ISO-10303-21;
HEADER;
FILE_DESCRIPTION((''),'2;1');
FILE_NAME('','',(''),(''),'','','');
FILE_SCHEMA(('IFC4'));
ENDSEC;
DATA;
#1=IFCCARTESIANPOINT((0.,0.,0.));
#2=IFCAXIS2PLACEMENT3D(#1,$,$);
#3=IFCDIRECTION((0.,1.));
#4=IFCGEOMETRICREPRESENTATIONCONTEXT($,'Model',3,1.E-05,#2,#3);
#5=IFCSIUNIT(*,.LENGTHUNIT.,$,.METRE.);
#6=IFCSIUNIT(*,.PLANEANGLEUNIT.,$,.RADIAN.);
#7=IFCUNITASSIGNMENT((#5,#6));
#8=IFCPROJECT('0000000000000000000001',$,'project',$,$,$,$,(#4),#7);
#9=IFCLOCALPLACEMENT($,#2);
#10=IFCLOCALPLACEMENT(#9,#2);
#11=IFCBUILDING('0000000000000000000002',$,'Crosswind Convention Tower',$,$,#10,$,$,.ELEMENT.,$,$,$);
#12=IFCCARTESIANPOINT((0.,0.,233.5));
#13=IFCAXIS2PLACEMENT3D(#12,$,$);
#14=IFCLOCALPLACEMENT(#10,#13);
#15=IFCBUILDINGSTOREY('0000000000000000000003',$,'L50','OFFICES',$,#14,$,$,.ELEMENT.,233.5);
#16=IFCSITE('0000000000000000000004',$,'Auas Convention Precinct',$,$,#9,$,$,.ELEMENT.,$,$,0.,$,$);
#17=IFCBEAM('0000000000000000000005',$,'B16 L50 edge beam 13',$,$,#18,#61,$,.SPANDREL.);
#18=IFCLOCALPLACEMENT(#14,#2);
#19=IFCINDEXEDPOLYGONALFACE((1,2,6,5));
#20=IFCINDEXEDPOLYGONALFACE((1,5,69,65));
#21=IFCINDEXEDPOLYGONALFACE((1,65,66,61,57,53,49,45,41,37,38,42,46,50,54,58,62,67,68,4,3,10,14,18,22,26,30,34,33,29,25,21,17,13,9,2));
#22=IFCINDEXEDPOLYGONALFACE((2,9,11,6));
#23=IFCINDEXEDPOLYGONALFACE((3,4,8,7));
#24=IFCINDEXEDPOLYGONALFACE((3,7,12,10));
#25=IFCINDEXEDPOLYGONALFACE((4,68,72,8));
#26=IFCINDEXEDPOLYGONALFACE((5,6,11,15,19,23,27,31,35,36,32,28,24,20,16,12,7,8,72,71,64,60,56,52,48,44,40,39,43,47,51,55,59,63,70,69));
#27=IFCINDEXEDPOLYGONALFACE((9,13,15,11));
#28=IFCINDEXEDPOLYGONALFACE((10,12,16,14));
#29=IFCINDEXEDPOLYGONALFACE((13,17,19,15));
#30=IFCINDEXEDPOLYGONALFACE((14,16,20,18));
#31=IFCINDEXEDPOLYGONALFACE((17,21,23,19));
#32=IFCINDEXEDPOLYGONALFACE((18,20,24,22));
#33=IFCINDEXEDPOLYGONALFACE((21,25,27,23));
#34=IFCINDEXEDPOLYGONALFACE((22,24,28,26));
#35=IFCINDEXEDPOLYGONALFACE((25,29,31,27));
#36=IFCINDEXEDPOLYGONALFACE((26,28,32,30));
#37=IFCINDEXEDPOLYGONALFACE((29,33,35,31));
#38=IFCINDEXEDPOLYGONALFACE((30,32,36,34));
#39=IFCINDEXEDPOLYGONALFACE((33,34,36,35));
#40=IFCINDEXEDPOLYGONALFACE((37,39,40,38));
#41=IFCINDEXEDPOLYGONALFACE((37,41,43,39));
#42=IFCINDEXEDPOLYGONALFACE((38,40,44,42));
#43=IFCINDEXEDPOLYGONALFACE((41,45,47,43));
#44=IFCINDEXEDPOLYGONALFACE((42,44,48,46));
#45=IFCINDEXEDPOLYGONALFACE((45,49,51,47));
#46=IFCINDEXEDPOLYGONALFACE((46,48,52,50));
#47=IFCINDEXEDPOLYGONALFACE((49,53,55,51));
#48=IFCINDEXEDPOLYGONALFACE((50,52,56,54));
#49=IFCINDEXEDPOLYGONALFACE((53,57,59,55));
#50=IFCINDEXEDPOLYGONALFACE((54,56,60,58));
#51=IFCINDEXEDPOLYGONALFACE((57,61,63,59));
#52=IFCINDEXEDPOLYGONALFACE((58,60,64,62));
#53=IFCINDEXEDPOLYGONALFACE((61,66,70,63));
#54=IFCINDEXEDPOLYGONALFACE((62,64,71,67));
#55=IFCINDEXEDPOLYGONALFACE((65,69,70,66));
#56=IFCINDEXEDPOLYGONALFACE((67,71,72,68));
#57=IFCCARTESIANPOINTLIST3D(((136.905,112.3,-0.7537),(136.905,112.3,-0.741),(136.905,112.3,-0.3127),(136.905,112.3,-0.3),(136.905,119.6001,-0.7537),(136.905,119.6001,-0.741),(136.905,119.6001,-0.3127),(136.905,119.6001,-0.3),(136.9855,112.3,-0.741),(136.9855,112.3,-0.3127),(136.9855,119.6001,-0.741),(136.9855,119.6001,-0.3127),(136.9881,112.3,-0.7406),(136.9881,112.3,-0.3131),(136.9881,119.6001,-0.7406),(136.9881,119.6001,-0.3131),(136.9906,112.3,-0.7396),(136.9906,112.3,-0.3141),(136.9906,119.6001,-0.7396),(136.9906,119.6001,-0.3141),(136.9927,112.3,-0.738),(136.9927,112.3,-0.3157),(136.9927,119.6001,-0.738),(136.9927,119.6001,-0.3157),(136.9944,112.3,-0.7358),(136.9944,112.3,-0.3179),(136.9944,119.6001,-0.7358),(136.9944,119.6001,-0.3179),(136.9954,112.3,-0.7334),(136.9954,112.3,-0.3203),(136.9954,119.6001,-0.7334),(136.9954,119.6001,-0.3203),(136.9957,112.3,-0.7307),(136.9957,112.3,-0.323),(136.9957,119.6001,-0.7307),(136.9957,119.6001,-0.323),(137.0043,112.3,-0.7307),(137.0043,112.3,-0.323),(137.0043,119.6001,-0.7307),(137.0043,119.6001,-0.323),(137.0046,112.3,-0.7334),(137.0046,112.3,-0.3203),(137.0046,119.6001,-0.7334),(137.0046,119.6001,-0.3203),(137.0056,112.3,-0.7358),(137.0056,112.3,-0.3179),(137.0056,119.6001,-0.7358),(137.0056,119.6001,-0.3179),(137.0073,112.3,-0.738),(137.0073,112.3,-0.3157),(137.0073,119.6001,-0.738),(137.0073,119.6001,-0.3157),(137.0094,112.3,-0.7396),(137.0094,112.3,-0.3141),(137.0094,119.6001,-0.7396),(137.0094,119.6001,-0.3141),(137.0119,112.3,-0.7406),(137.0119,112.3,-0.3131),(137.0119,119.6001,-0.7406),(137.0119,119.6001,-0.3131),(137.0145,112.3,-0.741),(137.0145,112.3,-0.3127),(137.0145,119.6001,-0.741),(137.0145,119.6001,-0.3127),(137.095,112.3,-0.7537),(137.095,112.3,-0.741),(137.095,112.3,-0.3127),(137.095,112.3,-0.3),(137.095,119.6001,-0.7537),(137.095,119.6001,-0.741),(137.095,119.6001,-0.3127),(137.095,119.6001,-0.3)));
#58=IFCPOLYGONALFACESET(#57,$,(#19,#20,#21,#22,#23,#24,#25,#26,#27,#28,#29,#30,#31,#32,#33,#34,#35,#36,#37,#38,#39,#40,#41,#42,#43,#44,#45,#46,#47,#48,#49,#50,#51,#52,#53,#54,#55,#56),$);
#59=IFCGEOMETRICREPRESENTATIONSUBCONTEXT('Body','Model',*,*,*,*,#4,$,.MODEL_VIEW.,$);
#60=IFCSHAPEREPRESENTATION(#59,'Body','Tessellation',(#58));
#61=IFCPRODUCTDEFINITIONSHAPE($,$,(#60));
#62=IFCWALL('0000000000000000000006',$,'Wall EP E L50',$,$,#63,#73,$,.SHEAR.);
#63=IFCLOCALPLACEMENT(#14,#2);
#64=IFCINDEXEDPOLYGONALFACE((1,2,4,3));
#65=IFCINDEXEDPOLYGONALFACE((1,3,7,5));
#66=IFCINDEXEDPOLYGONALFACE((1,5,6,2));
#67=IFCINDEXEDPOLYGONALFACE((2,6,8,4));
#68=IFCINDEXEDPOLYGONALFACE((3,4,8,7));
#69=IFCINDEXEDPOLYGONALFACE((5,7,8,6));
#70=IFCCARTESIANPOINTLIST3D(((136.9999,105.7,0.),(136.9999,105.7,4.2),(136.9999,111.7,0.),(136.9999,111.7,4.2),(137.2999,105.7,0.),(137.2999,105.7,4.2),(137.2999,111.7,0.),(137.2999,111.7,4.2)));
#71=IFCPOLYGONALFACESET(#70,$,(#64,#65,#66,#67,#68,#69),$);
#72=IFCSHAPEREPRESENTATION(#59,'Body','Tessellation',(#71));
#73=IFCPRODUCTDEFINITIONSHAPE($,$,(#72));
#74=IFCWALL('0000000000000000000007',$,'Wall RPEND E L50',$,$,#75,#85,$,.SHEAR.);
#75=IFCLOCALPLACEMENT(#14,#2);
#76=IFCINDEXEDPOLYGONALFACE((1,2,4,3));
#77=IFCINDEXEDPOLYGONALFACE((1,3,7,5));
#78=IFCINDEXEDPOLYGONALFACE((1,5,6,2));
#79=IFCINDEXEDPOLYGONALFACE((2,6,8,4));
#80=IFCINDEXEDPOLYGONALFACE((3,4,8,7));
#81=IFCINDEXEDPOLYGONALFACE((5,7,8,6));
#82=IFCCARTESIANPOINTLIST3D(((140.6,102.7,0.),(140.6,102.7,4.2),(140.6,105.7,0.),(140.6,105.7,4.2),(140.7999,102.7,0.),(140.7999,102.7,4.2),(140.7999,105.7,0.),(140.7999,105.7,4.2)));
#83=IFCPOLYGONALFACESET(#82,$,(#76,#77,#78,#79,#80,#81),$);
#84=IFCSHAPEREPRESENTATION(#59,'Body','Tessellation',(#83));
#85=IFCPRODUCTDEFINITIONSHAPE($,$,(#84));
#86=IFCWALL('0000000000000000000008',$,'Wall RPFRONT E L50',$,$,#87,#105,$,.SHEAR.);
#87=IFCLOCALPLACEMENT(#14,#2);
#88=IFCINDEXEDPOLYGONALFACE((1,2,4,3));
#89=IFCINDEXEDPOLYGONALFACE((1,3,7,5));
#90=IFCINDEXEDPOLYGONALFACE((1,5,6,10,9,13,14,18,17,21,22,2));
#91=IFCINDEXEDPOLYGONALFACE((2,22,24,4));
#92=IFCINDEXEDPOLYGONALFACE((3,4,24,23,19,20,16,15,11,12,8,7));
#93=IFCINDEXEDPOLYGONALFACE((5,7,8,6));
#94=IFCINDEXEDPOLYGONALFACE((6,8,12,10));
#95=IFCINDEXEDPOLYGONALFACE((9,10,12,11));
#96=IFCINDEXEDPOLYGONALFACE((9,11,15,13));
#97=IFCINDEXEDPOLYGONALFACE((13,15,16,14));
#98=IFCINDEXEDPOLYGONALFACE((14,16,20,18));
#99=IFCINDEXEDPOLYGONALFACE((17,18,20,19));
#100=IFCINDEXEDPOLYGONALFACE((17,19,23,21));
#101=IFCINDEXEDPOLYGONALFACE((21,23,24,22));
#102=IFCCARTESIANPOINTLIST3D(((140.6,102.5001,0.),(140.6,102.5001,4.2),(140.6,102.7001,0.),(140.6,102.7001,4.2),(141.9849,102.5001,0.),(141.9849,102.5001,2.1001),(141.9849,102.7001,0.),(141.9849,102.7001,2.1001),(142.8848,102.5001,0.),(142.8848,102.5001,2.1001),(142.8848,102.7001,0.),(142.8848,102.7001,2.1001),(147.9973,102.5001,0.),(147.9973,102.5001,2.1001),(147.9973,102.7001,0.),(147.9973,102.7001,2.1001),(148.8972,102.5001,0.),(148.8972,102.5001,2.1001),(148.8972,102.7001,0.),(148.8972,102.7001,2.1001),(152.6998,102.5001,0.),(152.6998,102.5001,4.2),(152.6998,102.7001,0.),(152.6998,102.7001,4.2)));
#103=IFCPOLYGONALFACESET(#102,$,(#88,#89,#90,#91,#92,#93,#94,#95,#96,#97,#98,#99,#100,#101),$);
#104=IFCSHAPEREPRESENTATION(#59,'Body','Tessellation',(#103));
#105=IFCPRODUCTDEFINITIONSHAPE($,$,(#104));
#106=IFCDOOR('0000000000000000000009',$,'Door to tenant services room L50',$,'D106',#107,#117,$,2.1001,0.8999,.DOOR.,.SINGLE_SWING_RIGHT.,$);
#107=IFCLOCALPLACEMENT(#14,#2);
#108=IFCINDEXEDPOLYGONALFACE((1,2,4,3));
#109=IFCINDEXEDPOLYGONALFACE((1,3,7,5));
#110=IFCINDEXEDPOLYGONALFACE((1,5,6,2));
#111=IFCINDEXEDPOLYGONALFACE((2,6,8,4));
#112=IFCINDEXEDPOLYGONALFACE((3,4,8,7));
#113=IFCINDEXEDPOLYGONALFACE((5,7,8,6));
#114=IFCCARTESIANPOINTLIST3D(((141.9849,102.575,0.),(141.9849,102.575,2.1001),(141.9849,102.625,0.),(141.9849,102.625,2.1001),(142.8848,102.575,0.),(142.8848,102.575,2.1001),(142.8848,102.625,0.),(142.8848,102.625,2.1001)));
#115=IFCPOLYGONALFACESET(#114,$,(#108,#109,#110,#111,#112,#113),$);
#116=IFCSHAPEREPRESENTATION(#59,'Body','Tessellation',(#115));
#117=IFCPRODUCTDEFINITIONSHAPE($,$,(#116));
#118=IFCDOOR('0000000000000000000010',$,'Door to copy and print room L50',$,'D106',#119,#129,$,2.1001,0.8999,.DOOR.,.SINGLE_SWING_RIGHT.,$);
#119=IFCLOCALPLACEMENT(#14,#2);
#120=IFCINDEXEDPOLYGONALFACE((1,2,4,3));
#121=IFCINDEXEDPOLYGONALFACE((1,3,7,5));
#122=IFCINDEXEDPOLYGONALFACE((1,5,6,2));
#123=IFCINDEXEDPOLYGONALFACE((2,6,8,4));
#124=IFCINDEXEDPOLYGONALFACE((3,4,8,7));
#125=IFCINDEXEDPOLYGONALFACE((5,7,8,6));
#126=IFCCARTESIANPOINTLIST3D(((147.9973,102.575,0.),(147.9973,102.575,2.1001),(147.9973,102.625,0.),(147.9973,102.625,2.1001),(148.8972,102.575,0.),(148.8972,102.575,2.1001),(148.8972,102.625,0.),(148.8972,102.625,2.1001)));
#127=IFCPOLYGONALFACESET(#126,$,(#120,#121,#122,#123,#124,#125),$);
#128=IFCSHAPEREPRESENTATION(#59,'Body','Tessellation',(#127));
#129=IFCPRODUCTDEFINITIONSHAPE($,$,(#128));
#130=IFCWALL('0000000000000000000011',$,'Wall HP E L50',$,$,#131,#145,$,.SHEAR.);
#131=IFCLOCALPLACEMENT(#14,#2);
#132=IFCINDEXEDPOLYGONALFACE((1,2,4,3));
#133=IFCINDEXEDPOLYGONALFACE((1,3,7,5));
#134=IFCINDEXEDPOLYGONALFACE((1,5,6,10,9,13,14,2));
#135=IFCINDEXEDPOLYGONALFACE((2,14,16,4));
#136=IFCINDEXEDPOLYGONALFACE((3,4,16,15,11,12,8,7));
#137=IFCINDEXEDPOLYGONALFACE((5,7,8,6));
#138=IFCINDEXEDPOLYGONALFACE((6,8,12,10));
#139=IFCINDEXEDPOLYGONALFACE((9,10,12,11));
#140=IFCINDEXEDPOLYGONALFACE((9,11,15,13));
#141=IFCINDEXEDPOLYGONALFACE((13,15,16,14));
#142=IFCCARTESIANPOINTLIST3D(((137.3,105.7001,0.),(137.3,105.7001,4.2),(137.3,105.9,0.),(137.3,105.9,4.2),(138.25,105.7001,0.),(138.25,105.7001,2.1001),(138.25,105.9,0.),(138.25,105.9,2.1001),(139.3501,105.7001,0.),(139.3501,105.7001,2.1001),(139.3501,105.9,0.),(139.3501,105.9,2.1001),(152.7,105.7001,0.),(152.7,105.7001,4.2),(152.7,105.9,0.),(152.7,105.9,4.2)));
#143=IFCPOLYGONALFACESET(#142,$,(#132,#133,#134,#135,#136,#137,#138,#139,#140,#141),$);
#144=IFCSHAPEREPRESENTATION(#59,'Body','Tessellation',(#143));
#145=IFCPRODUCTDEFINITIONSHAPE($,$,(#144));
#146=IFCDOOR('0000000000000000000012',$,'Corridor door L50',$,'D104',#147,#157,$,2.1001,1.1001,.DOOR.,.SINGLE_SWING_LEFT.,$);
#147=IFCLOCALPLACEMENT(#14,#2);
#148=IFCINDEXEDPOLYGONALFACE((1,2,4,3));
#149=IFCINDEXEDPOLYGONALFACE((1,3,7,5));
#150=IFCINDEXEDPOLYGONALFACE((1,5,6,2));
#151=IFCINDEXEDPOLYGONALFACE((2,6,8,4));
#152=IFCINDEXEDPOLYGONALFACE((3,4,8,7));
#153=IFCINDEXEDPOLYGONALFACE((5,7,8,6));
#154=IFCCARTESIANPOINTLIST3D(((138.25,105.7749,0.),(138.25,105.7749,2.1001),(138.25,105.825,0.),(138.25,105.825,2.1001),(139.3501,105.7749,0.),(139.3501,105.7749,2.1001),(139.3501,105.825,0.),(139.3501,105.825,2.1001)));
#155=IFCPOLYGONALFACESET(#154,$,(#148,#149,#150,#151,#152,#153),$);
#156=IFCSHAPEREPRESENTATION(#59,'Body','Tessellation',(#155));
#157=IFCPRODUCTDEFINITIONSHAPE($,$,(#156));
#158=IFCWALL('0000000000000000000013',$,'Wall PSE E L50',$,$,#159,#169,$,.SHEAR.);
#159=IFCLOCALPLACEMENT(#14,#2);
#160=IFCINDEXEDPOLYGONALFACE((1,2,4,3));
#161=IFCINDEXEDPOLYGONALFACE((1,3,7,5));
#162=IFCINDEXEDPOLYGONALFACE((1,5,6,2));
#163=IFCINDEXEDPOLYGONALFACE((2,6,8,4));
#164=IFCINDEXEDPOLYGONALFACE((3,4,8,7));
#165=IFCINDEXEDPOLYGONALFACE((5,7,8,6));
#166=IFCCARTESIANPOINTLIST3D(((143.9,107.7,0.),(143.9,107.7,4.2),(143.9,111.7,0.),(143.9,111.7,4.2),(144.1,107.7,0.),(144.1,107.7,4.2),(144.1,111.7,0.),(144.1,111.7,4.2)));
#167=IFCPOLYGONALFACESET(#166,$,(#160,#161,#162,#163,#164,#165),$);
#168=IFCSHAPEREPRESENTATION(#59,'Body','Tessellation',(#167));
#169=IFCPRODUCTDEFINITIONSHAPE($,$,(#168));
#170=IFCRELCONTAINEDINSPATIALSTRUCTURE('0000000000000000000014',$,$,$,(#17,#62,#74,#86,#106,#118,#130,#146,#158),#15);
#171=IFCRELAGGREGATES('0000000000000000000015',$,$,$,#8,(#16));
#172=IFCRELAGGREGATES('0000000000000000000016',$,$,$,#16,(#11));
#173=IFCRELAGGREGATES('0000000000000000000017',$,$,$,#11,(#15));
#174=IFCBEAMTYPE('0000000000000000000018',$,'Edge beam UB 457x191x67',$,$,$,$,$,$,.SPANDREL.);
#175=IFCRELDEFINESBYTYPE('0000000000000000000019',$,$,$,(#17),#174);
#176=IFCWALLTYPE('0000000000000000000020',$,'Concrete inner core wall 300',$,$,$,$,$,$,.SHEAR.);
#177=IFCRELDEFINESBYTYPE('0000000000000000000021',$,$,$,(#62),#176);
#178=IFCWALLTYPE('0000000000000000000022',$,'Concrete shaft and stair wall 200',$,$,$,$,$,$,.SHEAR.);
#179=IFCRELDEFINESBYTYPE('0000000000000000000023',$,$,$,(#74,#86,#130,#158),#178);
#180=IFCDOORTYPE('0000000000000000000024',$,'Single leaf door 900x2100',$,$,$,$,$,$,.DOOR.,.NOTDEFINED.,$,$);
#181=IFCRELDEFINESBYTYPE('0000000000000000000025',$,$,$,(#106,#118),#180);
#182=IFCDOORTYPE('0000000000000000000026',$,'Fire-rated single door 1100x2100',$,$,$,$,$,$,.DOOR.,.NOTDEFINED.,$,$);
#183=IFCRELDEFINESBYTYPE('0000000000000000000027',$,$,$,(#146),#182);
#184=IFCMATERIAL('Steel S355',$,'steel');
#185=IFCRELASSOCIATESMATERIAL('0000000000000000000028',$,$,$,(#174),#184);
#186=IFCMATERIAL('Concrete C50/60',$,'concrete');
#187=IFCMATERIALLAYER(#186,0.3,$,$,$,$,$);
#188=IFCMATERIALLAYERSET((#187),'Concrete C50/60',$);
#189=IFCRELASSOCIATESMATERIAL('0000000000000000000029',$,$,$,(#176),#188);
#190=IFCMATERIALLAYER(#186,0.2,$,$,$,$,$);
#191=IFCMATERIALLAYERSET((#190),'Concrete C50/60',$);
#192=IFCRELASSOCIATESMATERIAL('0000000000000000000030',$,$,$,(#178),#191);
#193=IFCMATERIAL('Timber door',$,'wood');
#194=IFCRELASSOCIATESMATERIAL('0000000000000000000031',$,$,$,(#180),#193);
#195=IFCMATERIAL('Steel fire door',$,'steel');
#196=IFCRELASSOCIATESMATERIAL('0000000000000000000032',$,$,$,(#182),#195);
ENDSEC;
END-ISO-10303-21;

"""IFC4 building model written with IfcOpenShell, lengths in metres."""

from ifc_helpers import new_model, si_unit, direction, frame, frame_2d, origin, origin_2d, place, context, subcontext, project, spatial, rectangle, i_section, extrude, material, layer, layer_set, material_profile, profile_set, type_object, element, fill, save


model = new_model("IFC4")

# Units and contexts
model_context = context("Model", 3, precision=1e-05, world=origin(), true_north=direction((0.0, 1.0)))
body_context = subcontext(model_context, "Body", "Model", "MODEL_VIEW")
ifc_project = project(units=[si_unit("LENGTHUNIT", "METRE"), si_unit("PLANEANGLEUNIT", "RADIAN")], contexts=[model_context])

# Site, building, storey
site_placement = place(None, origin())
site = spatial("IfcSite", under=ifc_project, at=site_placement, Name="Auas Convention Precinct", CompositionType="ELEMENT", RefElevation=0.0)
building_placement = place(site_placement, origin())
building = spatial("IfcBuilding", under=site, at=building_placement, Name="Crosswind Convention Tower", CompositionType="ELEMENT")
storey_placement = place(building_placement, frame((0.0, 0.0, 233.5)))
storey = spatial("IfcBuildingStorey", under=building, at=storey_placement, Name="L50", Description="OFFICES", CompositionType="ELEMENT", Elevation=233.5)

# Beam
ifc_material_1 = material(Name="Steel S355", Category="steel")
ifc_material_profile = material_profile(ifc_material_1, i_section(OverallWidth=0.1899, OverallDepth=0.4536, WebThickness=0.0085, FlangeThickness=0.0127, FilletRadius=0.0103, at=origin_2d()), Name="UB 457x191x67")
ifc_profile_set = profile_set([ifc_material_profile], Name="Steel S355")
beam_type = type_object("IfcBeamType", Name="Edge beam UB 457x191x67", PredefinedType="SPANDREL", material=ifc_profile_set)
beam_placement = place(storey_placement, frame((137.0, 112.3, -0.5269), z_axis=(0.0, 1.0, 0.0), x_axis=(-1.0, 0.0, 0.0)))
element("IfcBeam", 1, at=beam_placement, inside=storey, type_object=beam_type, Name="B16 L50 edge beam 13", PredefinedType="SPANDREL", context=body_context, shape_type="SweptSolid", body=[
    extrude(i_section(OverallWidth=0.1899, OverallDepth=0.4536, WebThickness=0.0085, FlangeThickness=0.0127, FilletRadius=0.0103, at=origin_2d()), origin(), (0.0, 0.0, 1.0), 7.3),
])

# Walls
ifc_material_2 = material(Name="Concrete C50/60", Category="concrete")
ifc_layer_1 = layer(ifc_material_2, 0.3)
ifc_layer_set_1 = layer_set([ifc_layer_1], Name="Concrete C50/60")
wall_type_1 = type_object("IfcWallType", Name="Concrete inner core wall 300", PredefinedType="SHEAR", material=ifc_layer_set_1)
wall_1_placement = place(storey_placement, frame((137.1499, 105.7, 0.0), z_axis=(0.0, 0.0, 1.0), x_axis=(0.0, 1.0, 0.0)))
element("IfcWall", 2, at=wall_1_placement, inside=storey, type_object=wall_type_1, Name="Wall EP E L50", PredefinedType="SHEAR", context=body_context, shape_type="SweptSolid", body=[
    extrude(rectangle(XDim=6.0, YDim=0.3, at=frame_2d((3.0, 0.0))), origin(), (0.0, 0.0, 1.0), 4.2),
])
ifc_layer_2 = layer(ifc_material_2, 0.2)
ifc_layer_set_2 = layer_set([ifc_layer_2], Name="Concrete C50/60")
wall_type_2 = type_object("IfcWallType", Name="Concrete shaft and stair wall 200", PredefinedType="SHEAR", material=ifc_layer_set_2)
wall_2_placement = place(storey_placement, frame((140.7, 102.7, 0.0), z_axis=(0.0, 0.0, 1.0), x_axis=(0.0, 1.0, 0.0)))
element("IfcWall", 3, at=wall_2_placement, inside=storey, type_object=wall_type_2, Name="Wall RPEND E L50", PredefinedType="SHEAR", context=body_context, shape_type="SweptSolid", body=[
    extrude(rectangle(XDim=3.0, YDim=0.2, at=frame_2d((1.5, 0.0))), origin(), (0.0, 0.0, 1.0), 4.2),
])

# Wall, openings, doors
wall_3_placement = place(storey_placement, frame((140.6001, 102.6001, 0.0), z_axis=(0.0, 0.0, 1.0), x_axis=(1.0, 0.0, 0.0)))
wall_3 = element("IfcWall", 4, at=wall_3_placement, inside=storey, type_object=wall_type_2, Name="Wall RPFRONT E L50", PredefinedType="SHEAR", context=body_context, shape_type="SweptSolid", body=[
    extrude(rectangle(XDim=12.0999, YDim=0.2, at=frame_2d((6.0498, 0.0))), origin(), (0.0, 0.0, 1.0), 4.2),
])
opening_1_placement = place(wall_3_placement, frame((1.3848, 0.0, 0.0)))
opening_1 = element("IfcOpeningElement", 5, at=opening_1_placement, cuts=wall_3, PredefinedType="OPENING", context=body_context, shape_type="SweptSolid", body=[
    extrude(rectangle(XDim=0.8999, YDim=2.1001, at=frame_2d((0.45, 1.05))), frame((0.0, 0.1099, 0.0), z_axis=(0.0, -1.0, 0.0), x_axis=(1.0, 0.0, 0.0)), (0.0, 0.0, 1.0), 0.22),
])
opening_2_placement = place(wall_3_placement, frame((7.3972, 0.0, 0.0)))
opening_2 = element("IfcOpeningElement", 6, at=opening_2_placement, cuts=wall_3, PredefinedType="OPENING", context=body_context, shape_type="SweptSolid", body=[
    extrude(rectangle(XDim=0.8999, YDim=2.1001, at=frame_2d((0.45, 1.05))), frame((0.0, 0.1099, 0.0), z_axis=(0.0, -1.0, 0.0), x_axis=(1.0, 0.0, 0.0)), (0.0, 0.0, 1.0), 0.22),
])
ifc_material_3 = material(Name="Timber door", Category="wood")
door_type_1 = type_object("IfcDoorType", Name="Single leaf door 900x2100", OperationType="NOTDEFINED", PredefinedType="DOOR", material=ifc_material_3)
door_1_placement = place(opening_1_placement, origin())
door_1 = element("IfcDoor", 7, at=door_1_placement, inside=storey, type_object=door_type_1, Name="Door to tenant services room L50", ObjectType="D106", OperationType="SINGLE_SWING_RIGHT", OverallHeight=2.1001, OverallWidth=0.8999, PredefinedType="DOOR", context=body_context, shape_type="SweptSolid", body=[
    extrude(rectangle(XDim=0.8999, YDim=2.1001, at=frame_2d((0.45, 1.05))), frame((0.0, 0.0249, 0.0), z_axis=(0.0, -1.0, 0.0), x_axis=(1.0, 0.0, 0.0)), (0.0, 0.0, 1.0), 0.05),
])
fill(opening_1, door_1)
door_2_placement = place(opening_2_placement, origin())
door_2 = element("IfcDoor", 8, at=door_2_placement, inside=storey, type_object=door_type_1, Name="Door to copy and print room L50", ObjectType="D106", OperationType="SINGLE_SWING_RIGHT", OverallHeight=2.1001, OverallWidth=0.8999, PredefinedType="DOOR", context=body_context, shape_type="SweptSolid", body=[
    extrude(rectangle(XDim=0.8999, YDim=2.1001, at=frame_2d((0.45, 1.05))), frame((0.0, 0.0249, 0.0), z_axis=(0.0, -1.0, 0.0), x_axis=(1.0, 0.0, 0.0)), (0.0, 0.0, 1.0), 0.05),
])
fill(opening_2, door_2)

# Wall, opening, door
wall_4_placement = place(storey_placement, frame((137.3, 105.8, 0.0), z_axis=(0.0, 0.0, 1.0), x_axis=(1.0, 0.0, 0.0)))
wall_4 = element("IfcWall", 9, at=wall_4_placement, inside=storey, type_object=wall_type_2, Name="Wall HP E L50", PredefinedType="SHEAR", context=body_context, shape_type="SweptSolid", body=[
    extrude(rectangle(XDim=15.3999, YDim=0.2, at=frame_2d((7.7, 0.0))), origin(), (0.0, 0.0, 1.0), 4.2),
])
opening_3_placement = place(wall_4_placement, frame((0.95, 0.0, 0.0)))
opening_3 = element("IfcOpeningElement", 10, at=opening_3_placement, cuts=wall_4, PredefinedType="OPENING", context=body_context, shape_type="SweptSolid", body=[
    extrude(rectangle(XDim=1.1001, YDim=2.1001, at=frame_2d((0.55, 1.05))), frame((0.0, 0.1099, 0.0), z_axis=(0.0, -1.0, 0.0), x_axis=(1.0, 0.0, 0.0)), (0.0, 0.0, 1.0), 0.22),
])
ifc_material_4 = material(Name="Steel fire door", Category="steel")
door_type_2 = type_object("IfcDoorType", Name="Fire-rated single door 1100x2100", OperationType="NOTDEFINED", PredefinedType="DOOR", material=ifc_material_4)
door_3_placement = place(opening_3_placement, origin())
door_3 = element("IfcDoor", 11, at=door_3_placement, inside=storey, type_object=door_type_2, Name="Corridor door L50", ObjectType="D104", OperationType="SINGLE_SWING_LEFT", OverallHeight=2.1001, OverallWidth=1.1001, PredefinedType="DOOR", context=body_context, shape_type="SweptSolid", body=[
    extrude(rectangle(XDim=1.1001, YDim=2.1001, at=frame_2d((0.55, 1.05))), frame((0.0, 0.0249, 0.0), z_axis=(0.0, -1.0, 0.0), x_axis=(1.0, 0.0, 0.0)), (0.0, 0.0, 1.0), 0.05),
])
fill(opening_3, door_3)

# Wall
wall_5_placement = place(storey_placement, frame((144.0, 107.7, 0.0), z_axis=(0.0, 0.0, 1.0), x_axis=(0.0, 1.0, 0.0)))
element("IfcWall", 12, at=wall_5_placement, inside=storey, type_object=wall_type_2, Name="Wall PSE E L50", PredefinedType="SHEAR", context=body_context, shape_type="SweptSolid", body=[
    extrude(rectangle(XDim=4.0, YDim=0.2, at=frame_2d((2.0, 0.0))), origin(), (0.0, 0.0, 1.0), 4.2),
])

save(model, "model.ifc")
